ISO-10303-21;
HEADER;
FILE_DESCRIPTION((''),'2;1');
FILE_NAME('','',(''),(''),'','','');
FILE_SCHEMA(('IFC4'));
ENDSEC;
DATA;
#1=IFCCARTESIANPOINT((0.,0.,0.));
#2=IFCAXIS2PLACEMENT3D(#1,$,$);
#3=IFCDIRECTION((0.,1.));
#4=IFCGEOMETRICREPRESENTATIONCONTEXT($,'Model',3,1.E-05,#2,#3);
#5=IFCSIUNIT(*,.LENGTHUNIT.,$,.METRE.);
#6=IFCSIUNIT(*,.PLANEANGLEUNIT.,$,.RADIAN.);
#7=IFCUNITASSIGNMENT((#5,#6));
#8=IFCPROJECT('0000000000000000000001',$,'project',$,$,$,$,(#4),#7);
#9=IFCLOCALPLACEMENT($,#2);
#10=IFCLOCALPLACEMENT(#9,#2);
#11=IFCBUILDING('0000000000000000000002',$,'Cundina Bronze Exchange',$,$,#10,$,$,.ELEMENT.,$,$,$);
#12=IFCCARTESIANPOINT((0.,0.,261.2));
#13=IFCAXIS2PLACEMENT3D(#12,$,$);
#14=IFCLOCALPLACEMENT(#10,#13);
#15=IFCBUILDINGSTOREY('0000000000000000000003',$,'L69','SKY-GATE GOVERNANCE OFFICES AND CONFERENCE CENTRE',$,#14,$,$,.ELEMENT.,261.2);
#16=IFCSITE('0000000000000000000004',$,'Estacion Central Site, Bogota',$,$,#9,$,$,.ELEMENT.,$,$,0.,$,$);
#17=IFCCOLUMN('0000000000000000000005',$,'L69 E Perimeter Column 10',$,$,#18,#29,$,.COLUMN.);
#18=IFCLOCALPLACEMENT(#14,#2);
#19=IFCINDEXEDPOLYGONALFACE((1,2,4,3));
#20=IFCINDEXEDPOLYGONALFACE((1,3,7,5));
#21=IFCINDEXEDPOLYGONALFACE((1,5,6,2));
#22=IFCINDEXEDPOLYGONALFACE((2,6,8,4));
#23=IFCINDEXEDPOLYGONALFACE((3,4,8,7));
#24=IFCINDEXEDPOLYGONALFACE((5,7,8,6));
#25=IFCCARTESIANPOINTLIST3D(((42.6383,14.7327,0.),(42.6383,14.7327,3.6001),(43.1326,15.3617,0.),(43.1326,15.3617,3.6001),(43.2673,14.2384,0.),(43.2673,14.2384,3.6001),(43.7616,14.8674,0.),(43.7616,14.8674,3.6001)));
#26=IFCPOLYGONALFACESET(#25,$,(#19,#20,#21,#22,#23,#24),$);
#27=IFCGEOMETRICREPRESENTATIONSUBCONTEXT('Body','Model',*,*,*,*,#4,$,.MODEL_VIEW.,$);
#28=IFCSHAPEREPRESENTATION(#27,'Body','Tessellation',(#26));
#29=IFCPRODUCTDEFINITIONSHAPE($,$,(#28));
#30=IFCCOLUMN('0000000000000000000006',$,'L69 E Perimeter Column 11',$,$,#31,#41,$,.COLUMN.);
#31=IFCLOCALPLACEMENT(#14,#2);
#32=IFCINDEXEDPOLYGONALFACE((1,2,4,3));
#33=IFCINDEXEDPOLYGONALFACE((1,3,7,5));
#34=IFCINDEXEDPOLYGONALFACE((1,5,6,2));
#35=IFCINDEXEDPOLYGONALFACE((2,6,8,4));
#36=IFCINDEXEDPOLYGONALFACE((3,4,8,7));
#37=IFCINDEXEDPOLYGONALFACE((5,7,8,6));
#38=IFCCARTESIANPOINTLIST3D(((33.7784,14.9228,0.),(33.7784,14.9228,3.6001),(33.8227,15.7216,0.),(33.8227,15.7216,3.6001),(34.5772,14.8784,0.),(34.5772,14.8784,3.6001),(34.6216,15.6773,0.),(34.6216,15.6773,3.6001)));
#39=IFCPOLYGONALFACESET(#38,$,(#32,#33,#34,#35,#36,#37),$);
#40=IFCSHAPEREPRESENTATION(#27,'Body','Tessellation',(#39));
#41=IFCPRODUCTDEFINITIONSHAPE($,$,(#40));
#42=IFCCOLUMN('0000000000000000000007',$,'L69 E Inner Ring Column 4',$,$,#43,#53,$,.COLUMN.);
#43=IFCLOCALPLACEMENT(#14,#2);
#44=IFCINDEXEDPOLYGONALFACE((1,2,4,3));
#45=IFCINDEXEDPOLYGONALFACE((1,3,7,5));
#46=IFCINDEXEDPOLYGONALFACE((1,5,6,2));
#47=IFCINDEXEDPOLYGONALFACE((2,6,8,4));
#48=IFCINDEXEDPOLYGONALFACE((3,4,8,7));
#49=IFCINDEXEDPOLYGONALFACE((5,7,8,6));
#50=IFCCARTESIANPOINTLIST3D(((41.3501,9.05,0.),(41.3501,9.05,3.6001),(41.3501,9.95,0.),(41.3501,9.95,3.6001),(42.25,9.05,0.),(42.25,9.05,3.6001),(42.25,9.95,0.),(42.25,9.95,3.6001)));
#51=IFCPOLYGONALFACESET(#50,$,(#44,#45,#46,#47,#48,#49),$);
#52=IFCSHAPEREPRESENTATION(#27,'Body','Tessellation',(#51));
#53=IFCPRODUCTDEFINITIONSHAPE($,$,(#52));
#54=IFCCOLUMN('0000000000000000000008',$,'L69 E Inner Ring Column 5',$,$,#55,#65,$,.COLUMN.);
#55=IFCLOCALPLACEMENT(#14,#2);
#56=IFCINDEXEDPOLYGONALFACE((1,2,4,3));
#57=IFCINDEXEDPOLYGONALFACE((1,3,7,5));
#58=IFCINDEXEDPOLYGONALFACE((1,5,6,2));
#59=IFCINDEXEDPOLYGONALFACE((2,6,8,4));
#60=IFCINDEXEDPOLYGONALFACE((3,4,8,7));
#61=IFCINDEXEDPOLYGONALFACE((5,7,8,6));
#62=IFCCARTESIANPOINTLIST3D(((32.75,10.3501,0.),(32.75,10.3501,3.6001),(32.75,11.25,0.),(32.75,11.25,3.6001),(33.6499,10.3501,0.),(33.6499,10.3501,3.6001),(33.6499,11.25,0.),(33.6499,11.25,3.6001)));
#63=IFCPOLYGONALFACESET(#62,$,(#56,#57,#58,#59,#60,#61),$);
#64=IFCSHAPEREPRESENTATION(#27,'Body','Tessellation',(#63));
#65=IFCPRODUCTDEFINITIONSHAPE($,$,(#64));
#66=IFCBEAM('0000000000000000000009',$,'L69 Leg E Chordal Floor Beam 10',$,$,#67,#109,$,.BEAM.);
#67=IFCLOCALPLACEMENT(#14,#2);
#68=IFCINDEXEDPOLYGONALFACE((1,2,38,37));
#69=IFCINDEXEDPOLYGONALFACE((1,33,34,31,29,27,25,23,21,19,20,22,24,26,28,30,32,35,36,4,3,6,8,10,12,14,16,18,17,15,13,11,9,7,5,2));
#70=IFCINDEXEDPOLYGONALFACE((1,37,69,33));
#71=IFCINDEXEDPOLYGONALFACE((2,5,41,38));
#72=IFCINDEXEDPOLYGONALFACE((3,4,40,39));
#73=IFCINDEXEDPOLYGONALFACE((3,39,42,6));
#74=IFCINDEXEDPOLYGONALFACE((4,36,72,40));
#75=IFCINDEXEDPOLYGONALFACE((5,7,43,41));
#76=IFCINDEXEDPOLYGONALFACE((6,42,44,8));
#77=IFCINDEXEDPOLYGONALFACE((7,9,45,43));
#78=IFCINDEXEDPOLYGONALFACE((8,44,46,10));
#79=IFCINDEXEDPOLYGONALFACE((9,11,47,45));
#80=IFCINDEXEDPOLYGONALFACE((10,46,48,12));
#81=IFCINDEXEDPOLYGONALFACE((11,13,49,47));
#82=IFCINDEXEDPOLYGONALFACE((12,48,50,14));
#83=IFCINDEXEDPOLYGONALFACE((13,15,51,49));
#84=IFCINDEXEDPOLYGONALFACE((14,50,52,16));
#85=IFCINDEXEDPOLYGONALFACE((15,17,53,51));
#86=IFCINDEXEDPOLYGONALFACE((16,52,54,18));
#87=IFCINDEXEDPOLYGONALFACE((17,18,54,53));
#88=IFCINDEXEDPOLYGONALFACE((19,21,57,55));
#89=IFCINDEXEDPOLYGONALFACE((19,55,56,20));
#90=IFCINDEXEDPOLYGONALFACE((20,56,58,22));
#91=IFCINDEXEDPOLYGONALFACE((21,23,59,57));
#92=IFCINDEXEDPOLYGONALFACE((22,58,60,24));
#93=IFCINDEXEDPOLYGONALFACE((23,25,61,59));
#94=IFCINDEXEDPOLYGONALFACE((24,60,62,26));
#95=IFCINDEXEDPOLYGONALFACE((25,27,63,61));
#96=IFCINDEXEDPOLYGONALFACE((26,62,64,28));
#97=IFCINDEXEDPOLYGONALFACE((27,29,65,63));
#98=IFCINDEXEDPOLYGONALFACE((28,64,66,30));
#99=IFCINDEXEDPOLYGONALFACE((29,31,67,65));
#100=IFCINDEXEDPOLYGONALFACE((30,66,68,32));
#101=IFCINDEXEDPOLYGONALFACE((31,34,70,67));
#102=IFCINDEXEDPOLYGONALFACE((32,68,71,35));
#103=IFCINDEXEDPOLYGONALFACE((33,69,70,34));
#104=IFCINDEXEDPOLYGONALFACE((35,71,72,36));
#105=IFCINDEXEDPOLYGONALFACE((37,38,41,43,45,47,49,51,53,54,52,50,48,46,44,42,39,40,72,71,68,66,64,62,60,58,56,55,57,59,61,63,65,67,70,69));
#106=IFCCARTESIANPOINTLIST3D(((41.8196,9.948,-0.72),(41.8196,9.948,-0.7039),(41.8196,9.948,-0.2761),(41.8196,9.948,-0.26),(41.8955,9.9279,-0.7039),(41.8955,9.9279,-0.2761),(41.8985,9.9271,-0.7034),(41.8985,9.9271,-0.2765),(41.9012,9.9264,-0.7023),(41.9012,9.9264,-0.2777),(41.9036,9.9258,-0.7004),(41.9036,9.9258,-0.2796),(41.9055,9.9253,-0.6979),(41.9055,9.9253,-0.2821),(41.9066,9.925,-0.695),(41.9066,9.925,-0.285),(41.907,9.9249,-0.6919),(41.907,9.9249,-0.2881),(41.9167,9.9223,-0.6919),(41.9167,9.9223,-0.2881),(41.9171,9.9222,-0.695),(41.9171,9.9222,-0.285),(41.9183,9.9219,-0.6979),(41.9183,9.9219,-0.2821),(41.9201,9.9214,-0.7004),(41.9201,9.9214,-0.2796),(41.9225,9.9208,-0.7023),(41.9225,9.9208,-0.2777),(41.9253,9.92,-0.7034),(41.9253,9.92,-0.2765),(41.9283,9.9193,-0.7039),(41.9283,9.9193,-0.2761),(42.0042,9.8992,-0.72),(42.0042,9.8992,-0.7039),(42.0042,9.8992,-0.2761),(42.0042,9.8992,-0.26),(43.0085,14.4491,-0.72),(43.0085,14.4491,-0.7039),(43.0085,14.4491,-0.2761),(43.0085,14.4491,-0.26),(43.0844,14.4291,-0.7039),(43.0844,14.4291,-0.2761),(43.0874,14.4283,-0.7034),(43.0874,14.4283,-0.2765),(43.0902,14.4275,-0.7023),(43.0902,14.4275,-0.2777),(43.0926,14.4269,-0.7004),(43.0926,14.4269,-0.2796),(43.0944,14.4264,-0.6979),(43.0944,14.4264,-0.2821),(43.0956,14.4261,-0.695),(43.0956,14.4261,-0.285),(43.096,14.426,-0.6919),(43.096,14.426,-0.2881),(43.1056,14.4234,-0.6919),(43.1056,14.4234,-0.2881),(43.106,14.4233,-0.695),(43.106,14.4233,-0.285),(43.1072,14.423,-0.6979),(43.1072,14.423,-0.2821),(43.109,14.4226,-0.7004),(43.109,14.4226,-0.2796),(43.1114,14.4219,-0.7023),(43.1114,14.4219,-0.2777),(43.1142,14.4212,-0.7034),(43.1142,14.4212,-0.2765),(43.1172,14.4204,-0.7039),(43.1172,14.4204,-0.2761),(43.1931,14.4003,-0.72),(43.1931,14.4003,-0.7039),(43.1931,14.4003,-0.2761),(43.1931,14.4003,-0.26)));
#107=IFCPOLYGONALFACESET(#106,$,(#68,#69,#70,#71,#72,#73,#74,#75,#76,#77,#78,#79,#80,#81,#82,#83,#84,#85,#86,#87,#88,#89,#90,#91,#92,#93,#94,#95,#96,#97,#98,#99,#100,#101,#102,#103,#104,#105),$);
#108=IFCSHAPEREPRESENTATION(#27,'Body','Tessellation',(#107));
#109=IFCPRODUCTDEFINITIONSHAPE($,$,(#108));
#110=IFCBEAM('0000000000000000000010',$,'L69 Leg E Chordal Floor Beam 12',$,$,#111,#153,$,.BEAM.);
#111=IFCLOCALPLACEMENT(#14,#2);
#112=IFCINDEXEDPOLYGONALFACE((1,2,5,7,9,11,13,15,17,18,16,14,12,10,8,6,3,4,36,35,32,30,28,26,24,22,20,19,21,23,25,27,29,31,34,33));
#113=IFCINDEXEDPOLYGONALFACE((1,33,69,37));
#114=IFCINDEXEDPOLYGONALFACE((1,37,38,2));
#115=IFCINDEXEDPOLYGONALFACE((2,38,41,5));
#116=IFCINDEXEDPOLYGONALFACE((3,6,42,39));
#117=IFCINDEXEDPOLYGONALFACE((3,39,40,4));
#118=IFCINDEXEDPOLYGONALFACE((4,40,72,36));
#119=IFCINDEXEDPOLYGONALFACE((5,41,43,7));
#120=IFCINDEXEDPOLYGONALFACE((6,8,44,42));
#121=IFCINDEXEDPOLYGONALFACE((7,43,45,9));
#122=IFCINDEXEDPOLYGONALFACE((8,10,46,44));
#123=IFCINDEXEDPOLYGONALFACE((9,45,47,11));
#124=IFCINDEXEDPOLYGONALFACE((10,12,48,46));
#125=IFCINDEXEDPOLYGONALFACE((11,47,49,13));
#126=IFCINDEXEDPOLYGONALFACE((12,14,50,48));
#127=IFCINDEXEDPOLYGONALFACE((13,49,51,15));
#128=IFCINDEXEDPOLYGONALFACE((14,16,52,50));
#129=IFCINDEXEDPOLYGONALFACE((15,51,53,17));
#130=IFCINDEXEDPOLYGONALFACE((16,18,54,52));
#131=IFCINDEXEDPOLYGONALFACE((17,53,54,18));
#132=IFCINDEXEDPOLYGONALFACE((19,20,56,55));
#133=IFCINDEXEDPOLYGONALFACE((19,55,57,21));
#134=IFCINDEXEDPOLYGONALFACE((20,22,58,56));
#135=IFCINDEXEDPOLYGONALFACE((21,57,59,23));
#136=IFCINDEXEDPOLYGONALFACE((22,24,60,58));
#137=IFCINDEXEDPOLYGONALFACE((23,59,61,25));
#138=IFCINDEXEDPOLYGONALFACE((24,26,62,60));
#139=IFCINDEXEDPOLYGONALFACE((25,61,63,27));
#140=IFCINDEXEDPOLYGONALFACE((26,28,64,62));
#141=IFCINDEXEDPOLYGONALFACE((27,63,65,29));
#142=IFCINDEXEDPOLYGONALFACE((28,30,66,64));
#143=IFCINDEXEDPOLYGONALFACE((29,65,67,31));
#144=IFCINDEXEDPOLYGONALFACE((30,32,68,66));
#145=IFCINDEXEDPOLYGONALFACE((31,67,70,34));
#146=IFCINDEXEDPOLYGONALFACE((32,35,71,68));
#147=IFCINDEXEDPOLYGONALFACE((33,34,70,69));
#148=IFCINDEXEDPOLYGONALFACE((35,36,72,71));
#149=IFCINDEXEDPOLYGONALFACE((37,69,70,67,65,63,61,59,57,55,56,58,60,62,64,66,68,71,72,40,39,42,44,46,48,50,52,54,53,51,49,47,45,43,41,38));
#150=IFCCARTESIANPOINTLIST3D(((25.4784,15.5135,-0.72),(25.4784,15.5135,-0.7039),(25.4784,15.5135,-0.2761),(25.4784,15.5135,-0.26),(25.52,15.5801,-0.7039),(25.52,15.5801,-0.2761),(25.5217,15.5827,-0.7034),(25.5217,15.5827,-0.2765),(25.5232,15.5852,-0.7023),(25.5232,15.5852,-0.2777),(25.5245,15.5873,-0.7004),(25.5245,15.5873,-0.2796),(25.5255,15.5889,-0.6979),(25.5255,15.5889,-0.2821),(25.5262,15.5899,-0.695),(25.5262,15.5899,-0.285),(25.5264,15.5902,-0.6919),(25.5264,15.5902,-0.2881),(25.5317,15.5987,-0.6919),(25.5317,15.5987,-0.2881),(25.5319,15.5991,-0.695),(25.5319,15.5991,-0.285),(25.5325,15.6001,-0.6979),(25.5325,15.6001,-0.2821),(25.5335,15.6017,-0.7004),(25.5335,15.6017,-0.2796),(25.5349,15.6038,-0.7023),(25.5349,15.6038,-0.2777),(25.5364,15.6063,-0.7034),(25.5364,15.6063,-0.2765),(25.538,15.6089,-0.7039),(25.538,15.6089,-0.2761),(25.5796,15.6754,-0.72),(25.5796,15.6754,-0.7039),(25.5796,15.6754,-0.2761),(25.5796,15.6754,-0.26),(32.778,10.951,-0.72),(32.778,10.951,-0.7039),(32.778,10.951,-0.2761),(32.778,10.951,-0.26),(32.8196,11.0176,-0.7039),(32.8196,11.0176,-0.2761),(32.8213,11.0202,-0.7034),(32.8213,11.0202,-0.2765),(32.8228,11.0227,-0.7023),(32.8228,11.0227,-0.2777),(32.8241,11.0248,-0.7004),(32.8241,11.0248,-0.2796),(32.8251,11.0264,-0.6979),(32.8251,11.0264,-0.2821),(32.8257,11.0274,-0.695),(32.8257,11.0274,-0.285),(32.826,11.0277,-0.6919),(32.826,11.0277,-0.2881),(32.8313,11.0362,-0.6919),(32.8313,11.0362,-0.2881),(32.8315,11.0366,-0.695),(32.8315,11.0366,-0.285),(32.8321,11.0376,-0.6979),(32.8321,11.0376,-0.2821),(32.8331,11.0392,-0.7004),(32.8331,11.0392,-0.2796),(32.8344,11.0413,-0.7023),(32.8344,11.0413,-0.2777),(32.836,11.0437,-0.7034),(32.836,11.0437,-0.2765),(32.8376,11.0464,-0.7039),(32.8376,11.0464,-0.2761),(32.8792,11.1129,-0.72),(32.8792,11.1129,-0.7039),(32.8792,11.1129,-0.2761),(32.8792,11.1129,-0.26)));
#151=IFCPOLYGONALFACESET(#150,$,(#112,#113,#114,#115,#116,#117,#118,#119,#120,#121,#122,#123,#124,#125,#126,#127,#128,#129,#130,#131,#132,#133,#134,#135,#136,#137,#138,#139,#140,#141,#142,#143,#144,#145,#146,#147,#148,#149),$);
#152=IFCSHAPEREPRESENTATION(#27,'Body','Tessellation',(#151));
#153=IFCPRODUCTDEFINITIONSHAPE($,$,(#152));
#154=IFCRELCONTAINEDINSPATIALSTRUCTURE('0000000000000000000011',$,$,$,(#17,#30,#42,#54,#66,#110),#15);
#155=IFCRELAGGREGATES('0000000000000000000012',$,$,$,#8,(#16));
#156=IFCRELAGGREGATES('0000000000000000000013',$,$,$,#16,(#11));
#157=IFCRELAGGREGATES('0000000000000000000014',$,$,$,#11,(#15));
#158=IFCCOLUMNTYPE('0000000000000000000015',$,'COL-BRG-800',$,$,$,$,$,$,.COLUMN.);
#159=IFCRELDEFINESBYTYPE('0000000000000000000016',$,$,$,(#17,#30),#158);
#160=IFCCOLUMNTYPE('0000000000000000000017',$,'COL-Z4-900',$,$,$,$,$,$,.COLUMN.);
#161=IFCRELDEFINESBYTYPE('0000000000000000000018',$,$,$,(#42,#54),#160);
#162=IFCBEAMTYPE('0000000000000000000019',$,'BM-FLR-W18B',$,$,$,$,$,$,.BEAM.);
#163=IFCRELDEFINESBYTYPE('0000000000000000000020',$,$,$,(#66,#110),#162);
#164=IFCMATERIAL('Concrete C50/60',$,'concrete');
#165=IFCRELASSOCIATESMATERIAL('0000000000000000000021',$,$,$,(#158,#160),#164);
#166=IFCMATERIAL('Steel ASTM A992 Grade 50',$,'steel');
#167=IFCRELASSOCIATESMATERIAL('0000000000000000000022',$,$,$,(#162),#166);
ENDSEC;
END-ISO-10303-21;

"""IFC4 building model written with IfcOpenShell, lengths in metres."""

from ifc_helpers import new_model, si_unit, direction, frame, origin, origin_2d, place, context, subcontext, project, spatial, rectangle, i_section, extrude, material, material_profile, profile_set, type_object, element, save


model = new_model("IFC4")

# Units and contexts
model_context = context("Model", 3, precision=1e-05, world=origin(), true_north=direction((0.0, 1.0)))
body_context = subcontext(model_context, "Body", "Model", "MODEL_VIEW")
ifc_project = project(units=[si_unit("LENGTHUNIT", "METRE"), si_unit("PLANEANGLEUNIT", "RADIAN")], contexts=[model_context])

# Site, building, storey
site_placement = place(None, origin())
site = spatial("IfcSite", under=ifc_project, at=site_placement, Name="Estacion Central Site, Bogota", CompositionType="ELEMENT", RefElevation=0.0)
building_placement = place(site_placement, origin())
building = spatial("IfcBuilding", under=site, at=building_placement, Name="Cundina Bronze Exchange", CompositionType="ELEMENT")
storey_placement = place(building_placement, frame((0.0, 0.0, 261.2)))
storey = spatial("IfcBuildingStorey", under=building, at=storey_placement, Name="L69", Description="SKY-GATE GOVERNANCE OFFICES AND CONFERENCE CENTRE", CompositionType="ELEMENT", Elevation=261.2)

# Columns
ifc_material_1 = material(Name="Concrete C50/60", Category="concrete")
ifc_material_profile_1 = material_profile(ifc_material_1, rectangle(XDim=0.8, YDim=0.8, at=origin_2d()), Name="RC800X800", Category="concrete")
ifc_profile_set_1 = profile_set([ifc_material_profile_1], Name="Concrete C50/60")
column_type_1 = type_object("IfcColumnType", Name="COL-BRG-800", PredefinedType="COLUMN", material=ifc_profile_set_1)
for number, where, z_axis, x_axis, name in (
    (1, (43.2, 14.8, 0.0), (0.0, 0.0, 1.0), (-0.786288, 0.61786, 0.0), "L69 E Perimeter Column 10"),
    (2, (34.2, 15.3, 0.0), (0.0, 0.0, 1.0), (-0.99846, 0.055473, 0.0), "L69 E Perimeter Column 11"),
):
    element("IfcColumn", number, at=place(storey_placement, frame(where, z_axis=z_axis, x_axis=x_axis)), inside=storey, type_object=column_type_1, Name=name, PredefinedType="COLUMN", context=body_context, shape_type="SweptSolid", body=[
        extrude(rectangle(XDim=0.8, YDim=0.8, at=origin_2d()), origin(), (0.0, 0.0, 1.0), 3.6001),
    ])
ifc_material_profile_2 = material_profile(ifc_material_1, rectangle(XDim=0.8999, YDim=0.8999, at=origin_2d()), Name="RC900X900", Category="concrete")
ifc_profile_set_2 = profile_set([ifc_material_profile_2], Name="Concrete C50/60")
column_type_2 = type_object("IfcColumnType", Name="COL-Z4-900", PredefinedType="COLUMN", material=ifc_profile_set_2)
for number, where, z_axis, x_axis, name in (
    (3, (41.8, 9.5, 0.0), (0.0, 0.0, 1.0), (1.0, 0.0, 0.0), "L69 E Inner Ring Column 4"),
    (4, (33.2, 10.8, 0.0), (0.0, 0.0, 1.0), (1.0, 0.0, 0.0), "L69 E Inner Ring Column 5"),
):
    element("IfcColumn", number, at=place(storey_placement, frame(where, z_axis=z_axis, x_axis=x_axis)), inside=storey, type_object=column_type_2, Name=name, PredefinedType="COLUMN", context=body_context, shape_type="SweptSolid", body=[
        extrude(rectangle(XDim=0.8999, YDim=0.8999, at=origin_2d()), origin(), (0.0, 0.0, 1.0), 3.6001),
    ])

# Beams
ifc_material_2 = material(Name="Steel ASTM A992 Grade 50", Category="steel")
ifc_material_profile_3 = material_profile(ifc_material_2, i_section(OverallWidth=0.1909, OverallDepth=0.46, WebThickness=0.01, FlangeThickness=0.0161, FilletRadius=0.012, at=origin_2d()), Name="W18X55", Category="steel")
ifc_profile_set_3 = profile_set([ifc_material_profile_3], Name="Steel ASTM A992 Grade 50")
beam_type_1 = type_object("IfcBeamType", Name="BM-FLR-W18B", PredefinedType="BEAM", material=ifc_profile_set_3)
beam_1_placement = place(storey_placement, frame((41.9119, 9.9236, -0.49), z_axis=(0.255384, 0.96684, 0.0), x_axis=(-0.96684, 0.255384, 0.0)))
element("IfcBeam", 5, at=beam_1_placement, inside=storey, type_object=beam_type_1, Name="L69 Leg E Chordal Floor Beam 10", PredefinedType="BEAM", context=body_context, shape_type="SweptSolid", body=[
    extrude(i_section(OverallWidth=0.1909, OverallDepth=0.46, WebThickness=0.01, FlangeThickness=0.0161, FilletRadius=0.012, at=origin_2d()), origin(), (0.0, 0.0, 1.0), 4.6555),
])
beam_2_placement = place(storey_placement, frame((32.8286, 11.032, -0.49), z_axis=(-0.847984, 0.530022, 0.0), x_axis=(-0.530022, -0.847984, 0.0)))
element("IfcBeam", 6, at=beam_2_placement, inside=storey, type_object=beam_type_1, Name="L69 Leg E Chordal Floor Beam 12", PredefinedType="BEAM", context=body_context, shape_type="SweptSolid", body=[
    extrude(i_section(OverallWidth=0.1909, OverallDepth=0.46, WebThickness=0.01, FlangeThickness=0.0161, FilletRadius=0.012, at=origin_2d()), origin(), (0.0, 0.0, 1.0), 8.6082),
])

save(model, "model.ifc")
